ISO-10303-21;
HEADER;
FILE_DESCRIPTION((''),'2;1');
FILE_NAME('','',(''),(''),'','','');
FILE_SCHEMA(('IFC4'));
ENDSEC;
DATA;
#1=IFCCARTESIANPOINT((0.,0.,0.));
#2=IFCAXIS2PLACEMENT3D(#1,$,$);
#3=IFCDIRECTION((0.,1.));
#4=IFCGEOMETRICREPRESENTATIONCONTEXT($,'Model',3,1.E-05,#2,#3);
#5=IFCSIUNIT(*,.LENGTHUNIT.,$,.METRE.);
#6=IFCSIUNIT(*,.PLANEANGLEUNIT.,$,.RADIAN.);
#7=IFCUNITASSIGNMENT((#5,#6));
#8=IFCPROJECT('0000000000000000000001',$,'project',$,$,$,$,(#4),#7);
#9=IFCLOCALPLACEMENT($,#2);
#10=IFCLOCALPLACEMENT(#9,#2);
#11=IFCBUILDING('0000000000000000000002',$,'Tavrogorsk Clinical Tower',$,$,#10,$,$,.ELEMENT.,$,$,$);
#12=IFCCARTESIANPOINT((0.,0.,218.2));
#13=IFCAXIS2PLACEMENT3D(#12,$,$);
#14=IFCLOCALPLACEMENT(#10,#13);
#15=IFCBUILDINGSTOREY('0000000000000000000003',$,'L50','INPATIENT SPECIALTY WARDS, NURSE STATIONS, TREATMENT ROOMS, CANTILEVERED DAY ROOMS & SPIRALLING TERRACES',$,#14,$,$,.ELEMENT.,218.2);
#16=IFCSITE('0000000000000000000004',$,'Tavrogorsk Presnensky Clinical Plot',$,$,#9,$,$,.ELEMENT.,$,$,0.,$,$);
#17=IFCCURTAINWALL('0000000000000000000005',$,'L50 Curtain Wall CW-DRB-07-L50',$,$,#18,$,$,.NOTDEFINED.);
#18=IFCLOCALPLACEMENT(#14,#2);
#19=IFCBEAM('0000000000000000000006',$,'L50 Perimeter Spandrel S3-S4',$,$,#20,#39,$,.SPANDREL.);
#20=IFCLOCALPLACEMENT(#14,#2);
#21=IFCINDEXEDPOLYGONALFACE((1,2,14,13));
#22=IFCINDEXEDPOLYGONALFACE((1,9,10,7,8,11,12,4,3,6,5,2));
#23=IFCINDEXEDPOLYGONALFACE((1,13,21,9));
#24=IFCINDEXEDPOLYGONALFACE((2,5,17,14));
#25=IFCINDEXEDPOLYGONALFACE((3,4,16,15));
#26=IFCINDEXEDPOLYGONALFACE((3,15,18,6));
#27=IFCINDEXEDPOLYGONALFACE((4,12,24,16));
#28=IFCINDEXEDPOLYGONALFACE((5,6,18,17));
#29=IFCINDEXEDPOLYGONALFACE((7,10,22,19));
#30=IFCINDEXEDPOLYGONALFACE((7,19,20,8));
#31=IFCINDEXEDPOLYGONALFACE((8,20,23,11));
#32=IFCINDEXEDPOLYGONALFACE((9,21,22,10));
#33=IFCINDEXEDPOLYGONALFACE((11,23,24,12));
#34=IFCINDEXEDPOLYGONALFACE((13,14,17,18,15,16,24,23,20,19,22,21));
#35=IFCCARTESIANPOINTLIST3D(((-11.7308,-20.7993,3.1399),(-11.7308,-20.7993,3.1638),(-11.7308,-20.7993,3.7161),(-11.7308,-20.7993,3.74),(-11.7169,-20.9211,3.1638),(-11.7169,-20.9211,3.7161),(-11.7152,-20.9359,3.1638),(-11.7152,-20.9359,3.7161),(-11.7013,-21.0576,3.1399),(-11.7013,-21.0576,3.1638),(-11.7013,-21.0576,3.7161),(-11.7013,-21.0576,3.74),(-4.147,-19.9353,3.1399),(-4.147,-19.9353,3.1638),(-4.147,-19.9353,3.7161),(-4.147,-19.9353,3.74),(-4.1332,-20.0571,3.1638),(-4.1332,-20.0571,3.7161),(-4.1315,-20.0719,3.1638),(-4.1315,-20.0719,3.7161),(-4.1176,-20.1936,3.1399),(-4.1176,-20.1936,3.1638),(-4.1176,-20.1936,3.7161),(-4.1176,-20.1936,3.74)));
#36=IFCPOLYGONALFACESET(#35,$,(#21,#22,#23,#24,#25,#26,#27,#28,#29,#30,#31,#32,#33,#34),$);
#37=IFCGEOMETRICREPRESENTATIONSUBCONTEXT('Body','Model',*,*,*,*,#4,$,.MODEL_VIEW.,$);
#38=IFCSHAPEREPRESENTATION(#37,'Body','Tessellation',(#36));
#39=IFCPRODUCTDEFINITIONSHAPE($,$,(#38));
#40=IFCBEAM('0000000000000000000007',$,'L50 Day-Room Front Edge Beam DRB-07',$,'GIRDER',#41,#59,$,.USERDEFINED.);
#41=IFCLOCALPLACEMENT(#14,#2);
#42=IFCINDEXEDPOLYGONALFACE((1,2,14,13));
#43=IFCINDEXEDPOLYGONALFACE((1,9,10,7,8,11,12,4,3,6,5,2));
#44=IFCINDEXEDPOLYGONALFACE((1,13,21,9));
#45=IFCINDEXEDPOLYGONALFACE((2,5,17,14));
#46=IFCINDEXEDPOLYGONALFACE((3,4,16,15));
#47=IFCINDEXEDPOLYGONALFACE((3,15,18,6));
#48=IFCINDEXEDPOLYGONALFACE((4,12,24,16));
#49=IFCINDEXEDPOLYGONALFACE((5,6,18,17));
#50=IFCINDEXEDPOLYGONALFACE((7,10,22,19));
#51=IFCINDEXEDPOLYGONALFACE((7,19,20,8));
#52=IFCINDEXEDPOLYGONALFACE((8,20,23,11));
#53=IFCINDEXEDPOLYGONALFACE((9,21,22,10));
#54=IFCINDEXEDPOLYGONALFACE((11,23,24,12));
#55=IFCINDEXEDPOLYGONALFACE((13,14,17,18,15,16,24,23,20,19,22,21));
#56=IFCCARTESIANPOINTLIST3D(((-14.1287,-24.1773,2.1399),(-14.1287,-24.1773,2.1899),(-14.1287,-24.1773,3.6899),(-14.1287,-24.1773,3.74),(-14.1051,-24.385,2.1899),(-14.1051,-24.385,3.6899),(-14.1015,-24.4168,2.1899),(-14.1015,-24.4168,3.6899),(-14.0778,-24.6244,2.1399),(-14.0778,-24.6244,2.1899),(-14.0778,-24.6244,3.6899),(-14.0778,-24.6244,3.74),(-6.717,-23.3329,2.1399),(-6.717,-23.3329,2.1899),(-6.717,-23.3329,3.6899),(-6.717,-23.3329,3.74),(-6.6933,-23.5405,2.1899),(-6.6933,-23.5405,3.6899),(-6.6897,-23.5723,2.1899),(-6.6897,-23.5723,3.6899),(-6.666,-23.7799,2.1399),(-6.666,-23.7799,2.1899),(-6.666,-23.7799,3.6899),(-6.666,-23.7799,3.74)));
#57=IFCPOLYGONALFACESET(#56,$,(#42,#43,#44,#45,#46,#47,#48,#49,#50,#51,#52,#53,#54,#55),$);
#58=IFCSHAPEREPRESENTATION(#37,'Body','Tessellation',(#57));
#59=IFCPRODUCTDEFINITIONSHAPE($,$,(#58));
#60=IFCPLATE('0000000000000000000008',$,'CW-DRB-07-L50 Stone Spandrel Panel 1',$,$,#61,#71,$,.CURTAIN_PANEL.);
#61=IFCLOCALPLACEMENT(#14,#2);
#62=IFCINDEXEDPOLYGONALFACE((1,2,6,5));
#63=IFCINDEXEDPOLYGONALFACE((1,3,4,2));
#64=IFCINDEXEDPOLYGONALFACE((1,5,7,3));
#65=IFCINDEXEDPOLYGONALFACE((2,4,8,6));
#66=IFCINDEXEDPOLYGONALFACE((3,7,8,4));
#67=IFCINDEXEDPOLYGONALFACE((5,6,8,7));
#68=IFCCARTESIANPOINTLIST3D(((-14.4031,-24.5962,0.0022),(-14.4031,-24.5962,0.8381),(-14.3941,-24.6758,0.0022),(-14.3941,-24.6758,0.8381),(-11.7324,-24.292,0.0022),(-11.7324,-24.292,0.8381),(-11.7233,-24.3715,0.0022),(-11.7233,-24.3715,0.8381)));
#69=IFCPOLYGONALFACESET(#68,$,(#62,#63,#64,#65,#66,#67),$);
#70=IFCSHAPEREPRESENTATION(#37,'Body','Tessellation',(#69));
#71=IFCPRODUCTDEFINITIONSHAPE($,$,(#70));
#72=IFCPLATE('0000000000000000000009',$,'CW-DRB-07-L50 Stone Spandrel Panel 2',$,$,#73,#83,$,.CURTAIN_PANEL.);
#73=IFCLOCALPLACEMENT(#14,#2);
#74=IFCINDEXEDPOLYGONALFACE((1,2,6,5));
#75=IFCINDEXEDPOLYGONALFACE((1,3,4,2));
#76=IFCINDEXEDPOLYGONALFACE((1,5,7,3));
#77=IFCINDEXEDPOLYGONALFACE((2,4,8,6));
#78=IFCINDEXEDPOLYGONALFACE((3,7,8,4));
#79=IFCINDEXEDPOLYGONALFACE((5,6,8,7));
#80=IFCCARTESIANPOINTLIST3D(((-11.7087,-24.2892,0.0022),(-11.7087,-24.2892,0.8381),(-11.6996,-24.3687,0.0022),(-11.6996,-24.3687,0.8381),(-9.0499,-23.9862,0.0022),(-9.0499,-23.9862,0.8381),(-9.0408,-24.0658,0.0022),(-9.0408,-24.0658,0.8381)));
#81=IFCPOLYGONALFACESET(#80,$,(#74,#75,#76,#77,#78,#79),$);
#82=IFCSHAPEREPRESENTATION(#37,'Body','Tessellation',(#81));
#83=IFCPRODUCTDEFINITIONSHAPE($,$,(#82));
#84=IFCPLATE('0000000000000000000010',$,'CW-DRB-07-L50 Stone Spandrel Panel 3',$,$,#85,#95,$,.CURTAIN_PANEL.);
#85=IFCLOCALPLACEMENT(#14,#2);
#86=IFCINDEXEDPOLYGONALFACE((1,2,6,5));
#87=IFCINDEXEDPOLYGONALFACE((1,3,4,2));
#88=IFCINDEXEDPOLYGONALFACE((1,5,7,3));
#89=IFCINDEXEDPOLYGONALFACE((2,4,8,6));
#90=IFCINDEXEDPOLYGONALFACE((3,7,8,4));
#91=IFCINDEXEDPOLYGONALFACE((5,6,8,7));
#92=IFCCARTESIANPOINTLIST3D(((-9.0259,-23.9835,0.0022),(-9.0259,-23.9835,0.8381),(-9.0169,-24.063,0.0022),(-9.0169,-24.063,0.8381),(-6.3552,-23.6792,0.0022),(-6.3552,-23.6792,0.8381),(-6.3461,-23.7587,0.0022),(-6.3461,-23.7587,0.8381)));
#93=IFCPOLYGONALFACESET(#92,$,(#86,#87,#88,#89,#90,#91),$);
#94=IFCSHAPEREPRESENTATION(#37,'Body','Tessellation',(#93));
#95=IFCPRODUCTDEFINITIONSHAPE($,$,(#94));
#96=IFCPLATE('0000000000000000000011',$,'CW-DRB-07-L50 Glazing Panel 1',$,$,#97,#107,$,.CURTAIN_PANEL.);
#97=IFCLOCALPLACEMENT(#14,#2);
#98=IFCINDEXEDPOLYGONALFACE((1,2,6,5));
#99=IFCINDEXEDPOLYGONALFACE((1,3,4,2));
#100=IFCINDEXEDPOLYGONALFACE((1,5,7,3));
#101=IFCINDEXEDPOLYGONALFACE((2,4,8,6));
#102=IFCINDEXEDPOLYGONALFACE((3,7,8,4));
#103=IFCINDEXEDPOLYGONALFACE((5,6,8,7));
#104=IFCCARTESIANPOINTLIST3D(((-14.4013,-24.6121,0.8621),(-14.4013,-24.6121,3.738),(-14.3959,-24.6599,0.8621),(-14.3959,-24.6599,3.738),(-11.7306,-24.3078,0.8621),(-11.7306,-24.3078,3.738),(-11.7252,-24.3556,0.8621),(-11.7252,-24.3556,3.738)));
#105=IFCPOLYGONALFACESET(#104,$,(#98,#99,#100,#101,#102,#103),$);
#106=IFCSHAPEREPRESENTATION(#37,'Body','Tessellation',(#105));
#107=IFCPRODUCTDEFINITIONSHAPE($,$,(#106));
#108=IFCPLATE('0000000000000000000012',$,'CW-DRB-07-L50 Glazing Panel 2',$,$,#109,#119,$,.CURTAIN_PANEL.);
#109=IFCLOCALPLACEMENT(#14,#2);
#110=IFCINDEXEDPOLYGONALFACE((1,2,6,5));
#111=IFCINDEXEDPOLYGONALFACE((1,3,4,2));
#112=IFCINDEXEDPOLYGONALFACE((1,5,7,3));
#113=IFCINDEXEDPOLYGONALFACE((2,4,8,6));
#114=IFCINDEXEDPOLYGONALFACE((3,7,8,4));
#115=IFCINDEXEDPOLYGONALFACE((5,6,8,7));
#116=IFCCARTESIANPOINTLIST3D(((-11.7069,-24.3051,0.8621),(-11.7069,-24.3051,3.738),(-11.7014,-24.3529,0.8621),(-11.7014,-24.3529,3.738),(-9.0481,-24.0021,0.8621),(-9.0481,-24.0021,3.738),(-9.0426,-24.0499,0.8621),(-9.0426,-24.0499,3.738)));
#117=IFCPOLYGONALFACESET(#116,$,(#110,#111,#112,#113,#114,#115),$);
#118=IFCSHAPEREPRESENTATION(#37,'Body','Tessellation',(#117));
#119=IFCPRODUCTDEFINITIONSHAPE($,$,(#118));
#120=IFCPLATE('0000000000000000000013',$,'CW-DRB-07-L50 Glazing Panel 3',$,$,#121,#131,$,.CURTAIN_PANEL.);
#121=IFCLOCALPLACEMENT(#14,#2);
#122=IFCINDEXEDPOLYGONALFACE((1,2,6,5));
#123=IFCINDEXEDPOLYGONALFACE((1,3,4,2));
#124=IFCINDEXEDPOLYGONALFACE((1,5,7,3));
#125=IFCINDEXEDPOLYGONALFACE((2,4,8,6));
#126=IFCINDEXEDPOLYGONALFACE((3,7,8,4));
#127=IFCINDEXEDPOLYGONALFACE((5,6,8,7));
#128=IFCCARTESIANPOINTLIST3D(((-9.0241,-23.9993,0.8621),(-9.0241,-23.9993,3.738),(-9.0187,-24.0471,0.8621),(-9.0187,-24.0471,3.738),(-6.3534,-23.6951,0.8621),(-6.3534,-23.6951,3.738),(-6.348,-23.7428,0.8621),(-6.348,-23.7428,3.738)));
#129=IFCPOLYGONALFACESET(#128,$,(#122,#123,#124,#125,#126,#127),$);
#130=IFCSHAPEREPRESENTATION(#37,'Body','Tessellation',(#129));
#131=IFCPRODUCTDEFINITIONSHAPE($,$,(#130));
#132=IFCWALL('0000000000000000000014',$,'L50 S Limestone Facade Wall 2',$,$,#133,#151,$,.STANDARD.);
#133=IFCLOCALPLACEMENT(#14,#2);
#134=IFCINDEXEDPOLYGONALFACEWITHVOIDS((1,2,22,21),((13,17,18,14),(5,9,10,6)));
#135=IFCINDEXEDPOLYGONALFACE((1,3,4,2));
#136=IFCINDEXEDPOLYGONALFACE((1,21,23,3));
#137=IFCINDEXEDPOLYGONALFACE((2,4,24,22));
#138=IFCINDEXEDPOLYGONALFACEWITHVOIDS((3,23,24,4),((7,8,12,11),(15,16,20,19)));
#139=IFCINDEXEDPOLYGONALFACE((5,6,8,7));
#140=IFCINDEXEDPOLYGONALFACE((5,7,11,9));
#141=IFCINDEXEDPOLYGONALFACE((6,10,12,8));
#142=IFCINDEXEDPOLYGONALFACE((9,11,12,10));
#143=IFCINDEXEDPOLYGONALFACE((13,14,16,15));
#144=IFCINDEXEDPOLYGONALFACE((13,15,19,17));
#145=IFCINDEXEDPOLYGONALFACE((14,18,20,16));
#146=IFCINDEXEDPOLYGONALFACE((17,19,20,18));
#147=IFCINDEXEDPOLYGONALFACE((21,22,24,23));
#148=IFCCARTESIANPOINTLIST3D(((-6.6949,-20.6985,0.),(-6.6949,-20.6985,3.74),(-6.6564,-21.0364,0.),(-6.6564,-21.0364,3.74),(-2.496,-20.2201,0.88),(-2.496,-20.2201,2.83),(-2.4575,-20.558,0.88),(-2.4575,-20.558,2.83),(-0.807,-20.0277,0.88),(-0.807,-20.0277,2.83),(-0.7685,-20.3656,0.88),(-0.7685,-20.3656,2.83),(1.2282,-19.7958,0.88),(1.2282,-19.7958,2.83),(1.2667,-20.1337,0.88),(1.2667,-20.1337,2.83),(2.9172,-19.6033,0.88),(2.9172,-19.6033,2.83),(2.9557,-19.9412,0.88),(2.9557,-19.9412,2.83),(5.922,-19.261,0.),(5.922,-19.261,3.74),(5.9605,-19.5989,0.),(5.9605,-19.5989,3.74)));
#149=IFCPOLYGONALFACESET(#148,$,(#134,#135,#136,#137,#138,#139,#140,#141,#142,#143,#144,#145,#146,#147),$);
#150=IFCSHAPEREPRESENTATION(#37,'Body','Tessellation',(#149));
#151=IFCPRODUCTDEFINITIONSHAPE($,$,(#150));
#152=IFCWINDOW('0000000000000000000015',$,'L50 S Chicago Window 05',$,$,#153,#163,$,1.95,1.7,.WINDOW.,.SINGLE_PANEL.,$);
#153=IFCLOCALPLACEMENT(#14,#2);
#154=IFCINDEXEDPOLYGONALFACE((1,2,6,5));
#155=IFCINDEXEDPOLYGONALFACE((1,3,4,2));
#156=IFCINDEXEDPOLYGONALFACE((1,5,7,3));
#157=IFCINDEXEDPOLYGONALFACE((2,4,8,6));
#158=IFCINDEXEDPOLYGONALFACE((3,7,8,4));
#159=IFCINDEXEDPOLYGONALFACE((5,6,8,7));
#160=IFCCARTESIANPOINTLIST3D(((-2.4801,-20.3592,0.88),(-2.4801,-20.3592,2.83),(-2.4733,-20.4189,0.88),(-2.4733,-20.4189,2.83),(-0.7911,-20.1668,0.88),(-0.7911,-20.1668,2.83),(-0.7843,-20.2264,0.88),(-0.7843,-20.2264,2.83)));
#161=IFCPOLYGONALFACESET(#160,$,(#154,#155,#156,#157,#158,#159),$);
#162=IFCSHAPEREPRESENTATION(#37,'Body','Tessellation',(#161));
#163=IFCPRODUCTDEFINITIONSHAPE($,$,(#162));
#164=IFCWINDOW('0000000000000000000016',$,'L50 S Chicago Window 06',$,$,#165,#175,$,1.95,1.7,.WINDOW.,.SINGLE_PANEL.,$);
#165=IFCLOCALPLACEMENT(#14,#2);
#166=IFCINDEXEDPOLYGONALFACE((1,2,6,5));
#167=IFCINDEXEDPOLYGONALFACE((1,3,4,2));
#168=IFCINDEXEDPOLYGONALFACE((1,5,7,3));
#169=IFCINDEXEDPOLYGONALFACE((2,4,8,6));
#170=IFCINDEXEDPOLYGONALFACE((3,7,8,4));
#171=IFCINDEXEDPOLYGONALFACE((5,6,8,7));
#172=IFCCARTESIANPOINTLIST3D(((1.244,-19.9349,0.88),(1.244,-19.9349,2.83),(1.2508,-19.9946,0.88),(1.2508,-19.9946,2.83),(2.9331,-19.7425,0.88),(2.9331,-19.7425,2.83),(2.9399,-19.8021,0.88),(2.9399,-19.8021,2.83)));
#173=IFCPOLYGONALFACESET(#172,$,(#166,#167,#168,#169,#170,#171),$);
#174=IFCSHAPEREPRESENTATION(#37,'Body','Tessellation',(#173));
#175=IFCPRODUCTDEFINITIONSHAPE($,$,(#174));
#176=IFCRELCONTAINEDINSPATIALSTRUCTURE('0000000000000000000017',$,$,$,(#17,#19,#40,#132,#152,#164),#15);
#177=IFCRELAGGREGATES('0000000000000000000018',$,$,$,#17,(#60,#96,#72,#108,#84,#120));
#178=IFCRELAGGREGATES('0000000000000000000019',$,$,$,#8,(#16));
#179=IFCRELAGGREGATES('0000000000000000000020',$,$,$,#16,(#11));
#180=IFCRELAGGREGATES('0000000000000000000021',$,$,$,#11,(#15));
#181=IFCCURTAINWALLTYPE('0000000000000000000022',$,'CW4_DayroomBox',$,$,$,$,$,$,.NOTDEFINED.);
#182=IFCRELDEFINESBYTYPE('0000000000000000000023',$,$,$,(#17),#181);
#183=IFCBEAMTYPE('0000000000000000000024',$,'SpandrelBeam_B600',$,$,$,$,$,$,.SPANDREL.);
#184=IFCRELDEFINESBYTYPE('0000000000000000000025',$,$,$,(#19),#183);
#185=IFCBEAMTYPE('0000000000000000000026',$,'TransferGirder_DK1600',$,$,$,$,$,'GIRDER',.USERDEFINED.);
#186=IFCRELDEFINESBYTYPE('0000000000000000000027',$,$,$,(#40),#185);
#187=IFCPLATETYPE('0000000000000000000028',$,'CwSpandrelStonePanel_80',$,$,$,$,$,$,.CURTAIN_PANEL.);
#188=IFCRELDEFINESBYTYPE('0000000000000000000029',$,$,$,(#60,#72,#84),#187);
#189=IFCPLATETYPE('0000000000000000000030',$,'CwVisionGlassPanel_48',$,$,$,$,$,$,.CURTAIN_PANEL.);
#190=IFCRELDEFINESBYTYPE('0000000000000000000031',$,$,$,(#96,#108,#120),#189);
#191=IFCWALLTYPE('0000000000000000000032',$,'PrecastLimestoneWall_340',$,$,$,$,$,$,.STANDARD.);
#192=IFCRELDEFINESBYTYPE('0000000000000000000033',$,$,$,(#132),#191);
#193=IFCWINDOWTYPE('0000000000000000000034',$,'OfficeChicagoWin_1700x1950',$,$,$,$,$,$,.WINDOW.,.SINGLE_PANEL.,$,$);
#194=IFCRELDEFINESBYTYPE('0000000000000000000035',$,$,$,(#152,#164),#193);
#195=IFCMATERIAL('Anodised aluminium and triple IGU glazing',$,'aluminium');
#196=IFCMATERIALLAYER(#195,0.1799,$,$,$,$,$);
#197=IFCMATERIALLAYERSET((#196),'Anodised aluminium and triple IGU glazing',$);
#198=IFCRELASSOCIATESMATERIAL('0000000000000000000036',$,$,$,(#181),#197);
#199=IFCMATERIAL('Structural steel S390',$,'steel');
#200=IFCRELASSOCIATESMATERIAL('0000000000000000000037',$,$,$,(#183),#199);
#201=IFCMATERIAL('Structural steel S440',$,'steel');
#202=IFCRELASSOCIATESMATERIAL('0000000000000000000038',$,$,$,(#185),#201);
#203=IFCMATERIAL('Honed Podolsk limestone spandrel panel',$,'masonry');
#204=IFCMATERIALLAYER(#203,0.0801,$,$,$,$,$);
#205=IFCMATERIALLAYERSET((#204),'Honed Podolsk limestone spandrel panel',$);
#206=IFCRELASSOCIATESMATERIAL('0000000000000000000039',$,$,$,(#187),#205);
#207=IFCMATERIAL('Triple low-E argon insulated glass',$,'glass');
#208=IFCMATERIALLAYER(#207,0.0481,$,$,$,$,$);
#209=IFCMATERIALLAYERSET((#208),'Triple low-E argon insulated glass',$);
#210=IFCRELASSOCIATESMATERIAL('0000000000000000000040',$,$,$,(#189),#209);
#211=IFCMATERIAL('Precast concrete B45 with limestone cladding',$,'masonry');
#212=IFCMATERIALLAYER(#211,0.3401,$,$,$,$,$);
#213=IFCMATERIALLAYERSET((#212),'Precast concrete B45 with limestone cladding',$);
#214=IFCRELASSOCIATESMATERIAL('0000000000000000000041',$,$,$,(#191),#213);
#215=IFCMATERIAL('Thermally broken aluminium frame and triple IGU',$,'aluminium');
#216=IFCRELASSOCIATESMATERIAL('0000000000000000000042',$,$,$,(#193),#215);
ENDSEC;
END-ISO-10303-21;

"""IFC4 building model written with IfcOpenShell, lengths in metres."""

from ifc_helpers import new_model, si_unit, direction, frame, frame_2d, origin, origin_2d, place, context, subcontext, project, spatial, rectangle, i_section, extrude, material, layer, layer_set, material_profile, profile_set, type_object, element, fill, aggregate, save


model = new_model("IFC4")

# Units and contexts
model_context = context("Model", 3, precision=1e-05, world=origin(), true_north=direction((0.0, 1.0)))
body_context = subcontext(model_context, "Body", "Model", "MODEL_VIEW")
ifc_project = project(units=[si_unit("LENGTHUNIT", "METRE"), si_unit("PLANEANGLEUNIT", "RADIAN")], contexts=[model_context])

# Site, building, storey
site_placement = place(None, origin())
site = spatial("IfcSite", under=ifc_project, at=site_placement, Name="Tavrogorsk Presnensky Clinical Plot", CompositionType="ELEMENT", RefElevation=0.0)
building_placement = place(site_placement, origin())
building = spatial("IfcBuilding", under=site, at=building_placement, Name="Tavrogorsk Clinical Tower", CompositionType="ELEMENT")
storey_placement = place(building_placement, frame((0.0, 0.0, 218.2)))
storey = spatial("IfcBuildingStorey", under=building, at=storey_placement, Name="L50", Description="INPATIENT SPECIALTY WARDS, NURSE STATIONS, TREATMENT ROOMS, CANTILEVERED DAY ROOMS & SPIRALLING TERRACES", CompositionType="ELEMENT", Elevation=218.2)

# Curtain wall
ifc_material_1 = material(Name="Anodised aluminium and triple IGU glazing", Category="aluminium")
ifc_layer_1 = layer(ifc_material_1, 0.1799)
ifc_layer_set_1 = layer_set([ifc_layer_1], Name="Anodised aluminium and triple IGU glazing")
curtain_wall_type = type_object("IfcCurtainWallType", Name="CW4_DayroomBox", PredefinedType="NOTDEFINED", material=ifc_layer_set_1)
curtain_wall_placement = place(storey_placement, origin())
curtain_wall = element("IfcCurtainWall", 1, at=curtain_wall_placement, inside=storey, type_object=curtain_wall_type, Name="L50 Curtain Wall CW-DRB-07-L50", PredefinedType="NOTDEFINED")

# Beams
ifc_material_2 = material(Name="Structural steel S390", Category="steel")
ifc_material_profile_1 = material_profile(ifc_material_2, i_section(OverallWidth=0.26, OverallDepth=0.6001, WebThickness=0.0149, FlangeThickness=0.0239, at=origin_2d()), Name="B-600x260x15x24")
ifc_profile_set_1 = profile_set([ifc_material_profile_1], Name="Structural steel S390")
beam_type_1 = type_object("IfcBeamType", Name="SpandrelBeam_B600", PredefinedType="SPANDREL", material=ifc_profile_set_1)
beam_1_placement = place(storey_placement, frame((-11.7161, -20.9285, 3.4399), z_axis=(0.993573, 0.113197, 0.0), x_axis=(-0.113197, 0.993573, 0.0)))
element("IfcBeam", 2, at=beam_1_placement, inside=storey, type_object=beam_type_1, Name="L50 Perimeter Spandrel S3-S4", PredefinedType="SPANDREL", context=body_context, shape_type="SweptSolid", body=[
    extrude(i_section(OverallWidth=0.26, OverallDepth=0.6001, WebThickness=0.0149, FlangeThickness=0.0239, at=origin_2d()), origin(), (0.0, 0.0, 1.0), 7.6328),
])
ifc_material_3 = material(Name="Structural steel S440", Category="steel")
ifc_material_profile_2 = material_profile(ifc_material_3, i_section(OverallWidth=0.45, OverallDepth=1.6001, WebThickness=0.032, FlangeThickness=0.05, at=origin_2d()), Name="DK-1600x450x32x50")
ifc_profile_set_2 = profile_set([ifc_material_profile_2], Name="Structural steel S440")
beam_type_2 = type_object("IfcBeamType", Name="TransferGirder_DK1600", ElementType="GIRDER", PredefinedType="USERDEFINED", material=ifc_profile_set_2)
beam_2_placement = place(storey_placement, frame((-14.1033, -24.4009, 2.9399), z_axis=(0.993572, 0.113204, 0.0), x_axis=(-0.113204, 0.993572, 0.0)))
element("IfcBeam", 3, at=beam_2_placement, inside=storey, type_object=beam_type_2, Name="L50 Day-Room Front Edge Beam DRB-07", ObjectType="GIRDER", PredefinedType="USERDEFINED", context=body_context, shape_type="SweptSolid", body=[
    extrude(i_section(OverallWidth=0.45, OverallDepth=1.6001, WebThickness=0.032, FlangeThickness=0.05, at=origin_2d()), origin(), (0.0, 0.0, 1.0), 7.4597),
])

# Plates
ifc_material_4 = material(Name="Honed Podolsk limestone spandrel panel", Category="masonry")
ifc_layer_2 = layer(ifc_material_4, 0.0801)
ifc_layer_set_2 = layer_set([ifc_layer_2], Name="Honed Podolsk limestone spandrel panel")
plate_type_1 = type_object("IfcPlateType", Name="CwSpandrelStonePanel_80", PredefinedType="CURTAIN_PANEL", material=ifc_layer_set_2)
plate_1_placement = place(storey_placement, frame((-13.0632, -24.4839, 0.0022), z_axis=(0.0, 0.0, 1.0), x_axis=(0.993572, 0.113203, 0.0)))
plate_1 = element("IfcPlate", 4, at=plate_1_placement, type_object=plate_type_1, Name="CW-DRB-07-L50 Stone Spandrel Panel 1", PredefinedType="CURTAIN_PANEL", context=body_context, shape_type="SweptSolid", body=[
    extrude(rectangle(XDim=2.688, YDim=0.0801, at=origin_2d()), origin(), (0.0, 0.0, 1.0), 0.8359),
])
plate_2_placement = place(storey_placement, frame((-10.3748, -24.1775, 0.0022), z_axis=(0.0, 0.0, 1.0), x_axis=(0.993572, 0.113203, 0.0)))
plate_2 = element("IfcPlate", 5, at=plate_2_placement, type_object=plate_type_1, Name="CW-DRB-07-L50 Stone Spandrel Panel 2", PredefinedType="CURTAIN_PANEL", context=body_context, shape_type="SweptSolid", body=[
    extrude(rectangle(XDim=2.676, YDim=0.0801, at=origin_2d()), origin(), (0.0, 0.0, 1.0), 0.8359),
])
plate_3_placement = place(storey_placement, frame((-7.686, -23.8711, 0.0022), z_axis=(0.0, 0.0, 1.0), x_axis=(0.993572, 0.113203, 0.0)))
plate_3 = element("IfcPlate", 6, at=plate_3_placement, type_object=plate_type_1, Name="CW-DRB-07-L50 Stone Spandrel Panel 3", PredefinedType="CURTAIN_PANEL", context=body_context, shape_type="SweptSolid", body=[
    extrude(rectangle(XDim=2.688, YDim=0.0801, at=origin_2d()), origin(), (0.0, 0.0, 1.0), 0.8359),
])
ifc_material_5 = material(Name="Triple low-E argon insulated glass", Category="glass")
ifc_layer_3 = layer(ifc_material_5, 0.0481)
ifc_layer_set_3 = layer_set([ifc_layer_3], Name="Triple low-E argon insulated glass")
plate_type_2 = type_object("IfcPlateType", Name="CwVisionGlassPanel_48", PredefinedType="CURTAIN_PANEL", material=ifc_layer_set_3)
plate_4_placement = place(storey_placement, frame((-13.0632, -24.4839, 0.8621), z_axis=(0.0, 0.0, 1.0), x_axis=(0.993572, 0.113203, 0.0)))
plate_4 = element("IfcPlate", 7, at=plate_4_placement, type_object=plate_type_2, Name="CW-DRB-07-L50 Glazing Panel 1", PredefinedType="CURTAIN_PANEL", context=body_context, shape_type="SweptSolid", body=[
    extrude(rectangle(XDim=2.688, YDim=0.0481, at=origin_2d()), origin(), (0.0, 0.0, 1.0), 2.876),
])
plate_5_placement = place(storey_placement, frame((-10.3748, -24.1775, 0.8621), z_axis=(0.0, 0.0, 1.0), x_axis=(0.993572, 0.113203, 0.0)))
plate_5 = element("IfcPlate", 8, at=plate_5_placement, type_object=plate_type_2, Name="CW-DRB-07-L50 Glazing Panel 2", PredefinedType="CURTAIN_PANEL", context=body_context, shape_type="SweptSolid", body=[
    extrude(rectangle(XDim=2.676, YDim=0.0481, at=origin_2d()), origin(), (0.0, 0.0, 1.0), 2.876),
])
plate_6_placement = place(storey_placement, frame((-7.686, -23.8711, 0.8621), z_axis=(0.0, 0.0, 1.0), x_axis=(0.993572, 0.113203, 0.0)))
plate_6 = element("IfcPlate", 9, at=plate_6_placement, type_object=plate_type_2, Name="CW-DRB-07-L50 Glazing Panel 3", PredefinedType="CURTAIN_PANEL", context=body_context, shape_type="SweptSolid", body=[
    extrude(rectangle(XDim=2.688, YDim=0.0481, at=origin_2d()), origin(), (0.0, 0.0, 1.0), 2.876),
])
aggregate(curtain_wall, [plate_1, plate_4, plate_2, plate_5, plate_3, plate_6])

# Wall, openings, windows
ifc_material_6 = material(Name="Precast concrete B45 with limestone cladding", Category="masonry")
ifc_layer_4 = layer(ifc_material_6, 0.3401)
ifc_layer_set_4 = layer_set([ifc_layer_4], Name="Precast concrete B45 with limestone cladding")
wall_type = type_object("IfcWallType", Name="PrecastLimestoneWall_340", PredefinedType="STANDARD", material=ifc_layer_set_4)
wall_placement = place(storey_placement, frame((-6.6755, -20.8674, 0.0), z_axis=(0.0, 0.0, 1.0), x_axis=(0.993572, 0.113202, 0.0)))
wall = element("IfcWall", 10, at=wall_placement, inside=storey, type_object=wall_type, Name="L50 S Limestone Facade Wall 2", PredefinedType="STANDARD", context=body_context, shape_type="SweptSolid", body=[
    extrude(rectangle(XDim=12.6985, YDim=0.3401, at=frame_2d((6.3491, 0.0))), origin(), (0.0, 0.0, 1.0), 3.74),
])
opening_1_placement = place(wall_placement, frame((4.2258, 0.0, 0.8799)))
opening_1 = element("IfcOpeningElement", 11, at=opening_1_placement, cuts=wall, PredefinedType="OPENING", context=body_context, shape_type="SweptSolid", body=[
    extrude(rectangle(XDim=1.7, YDim=1.95, at=frame_2d((0.8501, 0.9751))), frame((0.0, 0.1799, 0.0), z_axis=(0.0, -1.0, 0.0), x_axis=(1.0, 0.0, 0.0)), (0.0, 0.0, 1.0), 0.3601),
])
opening_2_placement = place(wall_placement, frame((7.9741, 0.0, 0.8799)))
opening_2 = element("IfcOpeningElement", 12, at=opening_2_placement, cuts=wall, PredefinedType="OPENING", context=body_context, shape_type="SweptSolid", body=[
    extrude(rectangle(XDim=1.7, YDim=1.95, at=frame_2d((0.8501, 0.9751))), frame((0.0, 0.1799, 0.0), z_axis=(0.0, -1.0, 0.0), x_axis=(1.0, 0.0, 0.0)), (0.0, 0.0, 1.0), 0.3601),
])
ifc_material_7 = material(Name="Thermally broken aluminium frame and triple IGU", Category="aluminium")
window_type = type_object("IfcWindowType", Name="OfficeChicagoWin_1700x1950", PartitioningType="SINGLE_PANEL", PredefinedType="WINDOW", material=ifc_material_7)
window_1_placement = place(opening_1_placement, origin())
window_1 = element("IfcWindow", 13, at=window_1_placement, inside=storey, type_object=window_type, Name="L50 S Chicago Window 05", OverallHeight=1.95, OverallWidth=1.7, PartitioningType="SINGLE_PANEL", PredefinedType="WINDOW", context=body_context, shape_type="SweptSolid", body=[
    extrude(rectangle(XDim=1.7, YDim=1.95, at=frame_2d((0.8501, 0.9751))), frame((0.0, 0.03, 0.0), z_axis=(0.0, -1.0, 0.0), x_axis=(1.0, 0.0, 0.0)), (0.0, 0.0, 1.0), 0.0601),
])
fill(opening_1, window_1)
window_2_placement = place(opening_2_placement, origin())
window_2 = element("IfcWindow", 14, at=window_2_placement, inside=storey, type_object=window_type, Name="L50 S Chicago Window 06", OverallHeight=1.95, OverallWidth=1.7, PartitioningType="SINGLE_PANEL", PredefinedType="WINDOW", context=body_context, shape_type="SweptSolid", body=[
    extrude(rectangle(XDim=1.7, YDim=1.95, at=frame_2d((0.8501, 0.9751))), frame((0.0, 0.03, 0.0), z_axis=(0.0, -1.0, 0.0), x_axis=(1.0, 0.0, 0.0)), (0.0, 0.0, 1.0), 0.0601),
])
fill(opening_2, window_2)

save(model, "model.ifc")
